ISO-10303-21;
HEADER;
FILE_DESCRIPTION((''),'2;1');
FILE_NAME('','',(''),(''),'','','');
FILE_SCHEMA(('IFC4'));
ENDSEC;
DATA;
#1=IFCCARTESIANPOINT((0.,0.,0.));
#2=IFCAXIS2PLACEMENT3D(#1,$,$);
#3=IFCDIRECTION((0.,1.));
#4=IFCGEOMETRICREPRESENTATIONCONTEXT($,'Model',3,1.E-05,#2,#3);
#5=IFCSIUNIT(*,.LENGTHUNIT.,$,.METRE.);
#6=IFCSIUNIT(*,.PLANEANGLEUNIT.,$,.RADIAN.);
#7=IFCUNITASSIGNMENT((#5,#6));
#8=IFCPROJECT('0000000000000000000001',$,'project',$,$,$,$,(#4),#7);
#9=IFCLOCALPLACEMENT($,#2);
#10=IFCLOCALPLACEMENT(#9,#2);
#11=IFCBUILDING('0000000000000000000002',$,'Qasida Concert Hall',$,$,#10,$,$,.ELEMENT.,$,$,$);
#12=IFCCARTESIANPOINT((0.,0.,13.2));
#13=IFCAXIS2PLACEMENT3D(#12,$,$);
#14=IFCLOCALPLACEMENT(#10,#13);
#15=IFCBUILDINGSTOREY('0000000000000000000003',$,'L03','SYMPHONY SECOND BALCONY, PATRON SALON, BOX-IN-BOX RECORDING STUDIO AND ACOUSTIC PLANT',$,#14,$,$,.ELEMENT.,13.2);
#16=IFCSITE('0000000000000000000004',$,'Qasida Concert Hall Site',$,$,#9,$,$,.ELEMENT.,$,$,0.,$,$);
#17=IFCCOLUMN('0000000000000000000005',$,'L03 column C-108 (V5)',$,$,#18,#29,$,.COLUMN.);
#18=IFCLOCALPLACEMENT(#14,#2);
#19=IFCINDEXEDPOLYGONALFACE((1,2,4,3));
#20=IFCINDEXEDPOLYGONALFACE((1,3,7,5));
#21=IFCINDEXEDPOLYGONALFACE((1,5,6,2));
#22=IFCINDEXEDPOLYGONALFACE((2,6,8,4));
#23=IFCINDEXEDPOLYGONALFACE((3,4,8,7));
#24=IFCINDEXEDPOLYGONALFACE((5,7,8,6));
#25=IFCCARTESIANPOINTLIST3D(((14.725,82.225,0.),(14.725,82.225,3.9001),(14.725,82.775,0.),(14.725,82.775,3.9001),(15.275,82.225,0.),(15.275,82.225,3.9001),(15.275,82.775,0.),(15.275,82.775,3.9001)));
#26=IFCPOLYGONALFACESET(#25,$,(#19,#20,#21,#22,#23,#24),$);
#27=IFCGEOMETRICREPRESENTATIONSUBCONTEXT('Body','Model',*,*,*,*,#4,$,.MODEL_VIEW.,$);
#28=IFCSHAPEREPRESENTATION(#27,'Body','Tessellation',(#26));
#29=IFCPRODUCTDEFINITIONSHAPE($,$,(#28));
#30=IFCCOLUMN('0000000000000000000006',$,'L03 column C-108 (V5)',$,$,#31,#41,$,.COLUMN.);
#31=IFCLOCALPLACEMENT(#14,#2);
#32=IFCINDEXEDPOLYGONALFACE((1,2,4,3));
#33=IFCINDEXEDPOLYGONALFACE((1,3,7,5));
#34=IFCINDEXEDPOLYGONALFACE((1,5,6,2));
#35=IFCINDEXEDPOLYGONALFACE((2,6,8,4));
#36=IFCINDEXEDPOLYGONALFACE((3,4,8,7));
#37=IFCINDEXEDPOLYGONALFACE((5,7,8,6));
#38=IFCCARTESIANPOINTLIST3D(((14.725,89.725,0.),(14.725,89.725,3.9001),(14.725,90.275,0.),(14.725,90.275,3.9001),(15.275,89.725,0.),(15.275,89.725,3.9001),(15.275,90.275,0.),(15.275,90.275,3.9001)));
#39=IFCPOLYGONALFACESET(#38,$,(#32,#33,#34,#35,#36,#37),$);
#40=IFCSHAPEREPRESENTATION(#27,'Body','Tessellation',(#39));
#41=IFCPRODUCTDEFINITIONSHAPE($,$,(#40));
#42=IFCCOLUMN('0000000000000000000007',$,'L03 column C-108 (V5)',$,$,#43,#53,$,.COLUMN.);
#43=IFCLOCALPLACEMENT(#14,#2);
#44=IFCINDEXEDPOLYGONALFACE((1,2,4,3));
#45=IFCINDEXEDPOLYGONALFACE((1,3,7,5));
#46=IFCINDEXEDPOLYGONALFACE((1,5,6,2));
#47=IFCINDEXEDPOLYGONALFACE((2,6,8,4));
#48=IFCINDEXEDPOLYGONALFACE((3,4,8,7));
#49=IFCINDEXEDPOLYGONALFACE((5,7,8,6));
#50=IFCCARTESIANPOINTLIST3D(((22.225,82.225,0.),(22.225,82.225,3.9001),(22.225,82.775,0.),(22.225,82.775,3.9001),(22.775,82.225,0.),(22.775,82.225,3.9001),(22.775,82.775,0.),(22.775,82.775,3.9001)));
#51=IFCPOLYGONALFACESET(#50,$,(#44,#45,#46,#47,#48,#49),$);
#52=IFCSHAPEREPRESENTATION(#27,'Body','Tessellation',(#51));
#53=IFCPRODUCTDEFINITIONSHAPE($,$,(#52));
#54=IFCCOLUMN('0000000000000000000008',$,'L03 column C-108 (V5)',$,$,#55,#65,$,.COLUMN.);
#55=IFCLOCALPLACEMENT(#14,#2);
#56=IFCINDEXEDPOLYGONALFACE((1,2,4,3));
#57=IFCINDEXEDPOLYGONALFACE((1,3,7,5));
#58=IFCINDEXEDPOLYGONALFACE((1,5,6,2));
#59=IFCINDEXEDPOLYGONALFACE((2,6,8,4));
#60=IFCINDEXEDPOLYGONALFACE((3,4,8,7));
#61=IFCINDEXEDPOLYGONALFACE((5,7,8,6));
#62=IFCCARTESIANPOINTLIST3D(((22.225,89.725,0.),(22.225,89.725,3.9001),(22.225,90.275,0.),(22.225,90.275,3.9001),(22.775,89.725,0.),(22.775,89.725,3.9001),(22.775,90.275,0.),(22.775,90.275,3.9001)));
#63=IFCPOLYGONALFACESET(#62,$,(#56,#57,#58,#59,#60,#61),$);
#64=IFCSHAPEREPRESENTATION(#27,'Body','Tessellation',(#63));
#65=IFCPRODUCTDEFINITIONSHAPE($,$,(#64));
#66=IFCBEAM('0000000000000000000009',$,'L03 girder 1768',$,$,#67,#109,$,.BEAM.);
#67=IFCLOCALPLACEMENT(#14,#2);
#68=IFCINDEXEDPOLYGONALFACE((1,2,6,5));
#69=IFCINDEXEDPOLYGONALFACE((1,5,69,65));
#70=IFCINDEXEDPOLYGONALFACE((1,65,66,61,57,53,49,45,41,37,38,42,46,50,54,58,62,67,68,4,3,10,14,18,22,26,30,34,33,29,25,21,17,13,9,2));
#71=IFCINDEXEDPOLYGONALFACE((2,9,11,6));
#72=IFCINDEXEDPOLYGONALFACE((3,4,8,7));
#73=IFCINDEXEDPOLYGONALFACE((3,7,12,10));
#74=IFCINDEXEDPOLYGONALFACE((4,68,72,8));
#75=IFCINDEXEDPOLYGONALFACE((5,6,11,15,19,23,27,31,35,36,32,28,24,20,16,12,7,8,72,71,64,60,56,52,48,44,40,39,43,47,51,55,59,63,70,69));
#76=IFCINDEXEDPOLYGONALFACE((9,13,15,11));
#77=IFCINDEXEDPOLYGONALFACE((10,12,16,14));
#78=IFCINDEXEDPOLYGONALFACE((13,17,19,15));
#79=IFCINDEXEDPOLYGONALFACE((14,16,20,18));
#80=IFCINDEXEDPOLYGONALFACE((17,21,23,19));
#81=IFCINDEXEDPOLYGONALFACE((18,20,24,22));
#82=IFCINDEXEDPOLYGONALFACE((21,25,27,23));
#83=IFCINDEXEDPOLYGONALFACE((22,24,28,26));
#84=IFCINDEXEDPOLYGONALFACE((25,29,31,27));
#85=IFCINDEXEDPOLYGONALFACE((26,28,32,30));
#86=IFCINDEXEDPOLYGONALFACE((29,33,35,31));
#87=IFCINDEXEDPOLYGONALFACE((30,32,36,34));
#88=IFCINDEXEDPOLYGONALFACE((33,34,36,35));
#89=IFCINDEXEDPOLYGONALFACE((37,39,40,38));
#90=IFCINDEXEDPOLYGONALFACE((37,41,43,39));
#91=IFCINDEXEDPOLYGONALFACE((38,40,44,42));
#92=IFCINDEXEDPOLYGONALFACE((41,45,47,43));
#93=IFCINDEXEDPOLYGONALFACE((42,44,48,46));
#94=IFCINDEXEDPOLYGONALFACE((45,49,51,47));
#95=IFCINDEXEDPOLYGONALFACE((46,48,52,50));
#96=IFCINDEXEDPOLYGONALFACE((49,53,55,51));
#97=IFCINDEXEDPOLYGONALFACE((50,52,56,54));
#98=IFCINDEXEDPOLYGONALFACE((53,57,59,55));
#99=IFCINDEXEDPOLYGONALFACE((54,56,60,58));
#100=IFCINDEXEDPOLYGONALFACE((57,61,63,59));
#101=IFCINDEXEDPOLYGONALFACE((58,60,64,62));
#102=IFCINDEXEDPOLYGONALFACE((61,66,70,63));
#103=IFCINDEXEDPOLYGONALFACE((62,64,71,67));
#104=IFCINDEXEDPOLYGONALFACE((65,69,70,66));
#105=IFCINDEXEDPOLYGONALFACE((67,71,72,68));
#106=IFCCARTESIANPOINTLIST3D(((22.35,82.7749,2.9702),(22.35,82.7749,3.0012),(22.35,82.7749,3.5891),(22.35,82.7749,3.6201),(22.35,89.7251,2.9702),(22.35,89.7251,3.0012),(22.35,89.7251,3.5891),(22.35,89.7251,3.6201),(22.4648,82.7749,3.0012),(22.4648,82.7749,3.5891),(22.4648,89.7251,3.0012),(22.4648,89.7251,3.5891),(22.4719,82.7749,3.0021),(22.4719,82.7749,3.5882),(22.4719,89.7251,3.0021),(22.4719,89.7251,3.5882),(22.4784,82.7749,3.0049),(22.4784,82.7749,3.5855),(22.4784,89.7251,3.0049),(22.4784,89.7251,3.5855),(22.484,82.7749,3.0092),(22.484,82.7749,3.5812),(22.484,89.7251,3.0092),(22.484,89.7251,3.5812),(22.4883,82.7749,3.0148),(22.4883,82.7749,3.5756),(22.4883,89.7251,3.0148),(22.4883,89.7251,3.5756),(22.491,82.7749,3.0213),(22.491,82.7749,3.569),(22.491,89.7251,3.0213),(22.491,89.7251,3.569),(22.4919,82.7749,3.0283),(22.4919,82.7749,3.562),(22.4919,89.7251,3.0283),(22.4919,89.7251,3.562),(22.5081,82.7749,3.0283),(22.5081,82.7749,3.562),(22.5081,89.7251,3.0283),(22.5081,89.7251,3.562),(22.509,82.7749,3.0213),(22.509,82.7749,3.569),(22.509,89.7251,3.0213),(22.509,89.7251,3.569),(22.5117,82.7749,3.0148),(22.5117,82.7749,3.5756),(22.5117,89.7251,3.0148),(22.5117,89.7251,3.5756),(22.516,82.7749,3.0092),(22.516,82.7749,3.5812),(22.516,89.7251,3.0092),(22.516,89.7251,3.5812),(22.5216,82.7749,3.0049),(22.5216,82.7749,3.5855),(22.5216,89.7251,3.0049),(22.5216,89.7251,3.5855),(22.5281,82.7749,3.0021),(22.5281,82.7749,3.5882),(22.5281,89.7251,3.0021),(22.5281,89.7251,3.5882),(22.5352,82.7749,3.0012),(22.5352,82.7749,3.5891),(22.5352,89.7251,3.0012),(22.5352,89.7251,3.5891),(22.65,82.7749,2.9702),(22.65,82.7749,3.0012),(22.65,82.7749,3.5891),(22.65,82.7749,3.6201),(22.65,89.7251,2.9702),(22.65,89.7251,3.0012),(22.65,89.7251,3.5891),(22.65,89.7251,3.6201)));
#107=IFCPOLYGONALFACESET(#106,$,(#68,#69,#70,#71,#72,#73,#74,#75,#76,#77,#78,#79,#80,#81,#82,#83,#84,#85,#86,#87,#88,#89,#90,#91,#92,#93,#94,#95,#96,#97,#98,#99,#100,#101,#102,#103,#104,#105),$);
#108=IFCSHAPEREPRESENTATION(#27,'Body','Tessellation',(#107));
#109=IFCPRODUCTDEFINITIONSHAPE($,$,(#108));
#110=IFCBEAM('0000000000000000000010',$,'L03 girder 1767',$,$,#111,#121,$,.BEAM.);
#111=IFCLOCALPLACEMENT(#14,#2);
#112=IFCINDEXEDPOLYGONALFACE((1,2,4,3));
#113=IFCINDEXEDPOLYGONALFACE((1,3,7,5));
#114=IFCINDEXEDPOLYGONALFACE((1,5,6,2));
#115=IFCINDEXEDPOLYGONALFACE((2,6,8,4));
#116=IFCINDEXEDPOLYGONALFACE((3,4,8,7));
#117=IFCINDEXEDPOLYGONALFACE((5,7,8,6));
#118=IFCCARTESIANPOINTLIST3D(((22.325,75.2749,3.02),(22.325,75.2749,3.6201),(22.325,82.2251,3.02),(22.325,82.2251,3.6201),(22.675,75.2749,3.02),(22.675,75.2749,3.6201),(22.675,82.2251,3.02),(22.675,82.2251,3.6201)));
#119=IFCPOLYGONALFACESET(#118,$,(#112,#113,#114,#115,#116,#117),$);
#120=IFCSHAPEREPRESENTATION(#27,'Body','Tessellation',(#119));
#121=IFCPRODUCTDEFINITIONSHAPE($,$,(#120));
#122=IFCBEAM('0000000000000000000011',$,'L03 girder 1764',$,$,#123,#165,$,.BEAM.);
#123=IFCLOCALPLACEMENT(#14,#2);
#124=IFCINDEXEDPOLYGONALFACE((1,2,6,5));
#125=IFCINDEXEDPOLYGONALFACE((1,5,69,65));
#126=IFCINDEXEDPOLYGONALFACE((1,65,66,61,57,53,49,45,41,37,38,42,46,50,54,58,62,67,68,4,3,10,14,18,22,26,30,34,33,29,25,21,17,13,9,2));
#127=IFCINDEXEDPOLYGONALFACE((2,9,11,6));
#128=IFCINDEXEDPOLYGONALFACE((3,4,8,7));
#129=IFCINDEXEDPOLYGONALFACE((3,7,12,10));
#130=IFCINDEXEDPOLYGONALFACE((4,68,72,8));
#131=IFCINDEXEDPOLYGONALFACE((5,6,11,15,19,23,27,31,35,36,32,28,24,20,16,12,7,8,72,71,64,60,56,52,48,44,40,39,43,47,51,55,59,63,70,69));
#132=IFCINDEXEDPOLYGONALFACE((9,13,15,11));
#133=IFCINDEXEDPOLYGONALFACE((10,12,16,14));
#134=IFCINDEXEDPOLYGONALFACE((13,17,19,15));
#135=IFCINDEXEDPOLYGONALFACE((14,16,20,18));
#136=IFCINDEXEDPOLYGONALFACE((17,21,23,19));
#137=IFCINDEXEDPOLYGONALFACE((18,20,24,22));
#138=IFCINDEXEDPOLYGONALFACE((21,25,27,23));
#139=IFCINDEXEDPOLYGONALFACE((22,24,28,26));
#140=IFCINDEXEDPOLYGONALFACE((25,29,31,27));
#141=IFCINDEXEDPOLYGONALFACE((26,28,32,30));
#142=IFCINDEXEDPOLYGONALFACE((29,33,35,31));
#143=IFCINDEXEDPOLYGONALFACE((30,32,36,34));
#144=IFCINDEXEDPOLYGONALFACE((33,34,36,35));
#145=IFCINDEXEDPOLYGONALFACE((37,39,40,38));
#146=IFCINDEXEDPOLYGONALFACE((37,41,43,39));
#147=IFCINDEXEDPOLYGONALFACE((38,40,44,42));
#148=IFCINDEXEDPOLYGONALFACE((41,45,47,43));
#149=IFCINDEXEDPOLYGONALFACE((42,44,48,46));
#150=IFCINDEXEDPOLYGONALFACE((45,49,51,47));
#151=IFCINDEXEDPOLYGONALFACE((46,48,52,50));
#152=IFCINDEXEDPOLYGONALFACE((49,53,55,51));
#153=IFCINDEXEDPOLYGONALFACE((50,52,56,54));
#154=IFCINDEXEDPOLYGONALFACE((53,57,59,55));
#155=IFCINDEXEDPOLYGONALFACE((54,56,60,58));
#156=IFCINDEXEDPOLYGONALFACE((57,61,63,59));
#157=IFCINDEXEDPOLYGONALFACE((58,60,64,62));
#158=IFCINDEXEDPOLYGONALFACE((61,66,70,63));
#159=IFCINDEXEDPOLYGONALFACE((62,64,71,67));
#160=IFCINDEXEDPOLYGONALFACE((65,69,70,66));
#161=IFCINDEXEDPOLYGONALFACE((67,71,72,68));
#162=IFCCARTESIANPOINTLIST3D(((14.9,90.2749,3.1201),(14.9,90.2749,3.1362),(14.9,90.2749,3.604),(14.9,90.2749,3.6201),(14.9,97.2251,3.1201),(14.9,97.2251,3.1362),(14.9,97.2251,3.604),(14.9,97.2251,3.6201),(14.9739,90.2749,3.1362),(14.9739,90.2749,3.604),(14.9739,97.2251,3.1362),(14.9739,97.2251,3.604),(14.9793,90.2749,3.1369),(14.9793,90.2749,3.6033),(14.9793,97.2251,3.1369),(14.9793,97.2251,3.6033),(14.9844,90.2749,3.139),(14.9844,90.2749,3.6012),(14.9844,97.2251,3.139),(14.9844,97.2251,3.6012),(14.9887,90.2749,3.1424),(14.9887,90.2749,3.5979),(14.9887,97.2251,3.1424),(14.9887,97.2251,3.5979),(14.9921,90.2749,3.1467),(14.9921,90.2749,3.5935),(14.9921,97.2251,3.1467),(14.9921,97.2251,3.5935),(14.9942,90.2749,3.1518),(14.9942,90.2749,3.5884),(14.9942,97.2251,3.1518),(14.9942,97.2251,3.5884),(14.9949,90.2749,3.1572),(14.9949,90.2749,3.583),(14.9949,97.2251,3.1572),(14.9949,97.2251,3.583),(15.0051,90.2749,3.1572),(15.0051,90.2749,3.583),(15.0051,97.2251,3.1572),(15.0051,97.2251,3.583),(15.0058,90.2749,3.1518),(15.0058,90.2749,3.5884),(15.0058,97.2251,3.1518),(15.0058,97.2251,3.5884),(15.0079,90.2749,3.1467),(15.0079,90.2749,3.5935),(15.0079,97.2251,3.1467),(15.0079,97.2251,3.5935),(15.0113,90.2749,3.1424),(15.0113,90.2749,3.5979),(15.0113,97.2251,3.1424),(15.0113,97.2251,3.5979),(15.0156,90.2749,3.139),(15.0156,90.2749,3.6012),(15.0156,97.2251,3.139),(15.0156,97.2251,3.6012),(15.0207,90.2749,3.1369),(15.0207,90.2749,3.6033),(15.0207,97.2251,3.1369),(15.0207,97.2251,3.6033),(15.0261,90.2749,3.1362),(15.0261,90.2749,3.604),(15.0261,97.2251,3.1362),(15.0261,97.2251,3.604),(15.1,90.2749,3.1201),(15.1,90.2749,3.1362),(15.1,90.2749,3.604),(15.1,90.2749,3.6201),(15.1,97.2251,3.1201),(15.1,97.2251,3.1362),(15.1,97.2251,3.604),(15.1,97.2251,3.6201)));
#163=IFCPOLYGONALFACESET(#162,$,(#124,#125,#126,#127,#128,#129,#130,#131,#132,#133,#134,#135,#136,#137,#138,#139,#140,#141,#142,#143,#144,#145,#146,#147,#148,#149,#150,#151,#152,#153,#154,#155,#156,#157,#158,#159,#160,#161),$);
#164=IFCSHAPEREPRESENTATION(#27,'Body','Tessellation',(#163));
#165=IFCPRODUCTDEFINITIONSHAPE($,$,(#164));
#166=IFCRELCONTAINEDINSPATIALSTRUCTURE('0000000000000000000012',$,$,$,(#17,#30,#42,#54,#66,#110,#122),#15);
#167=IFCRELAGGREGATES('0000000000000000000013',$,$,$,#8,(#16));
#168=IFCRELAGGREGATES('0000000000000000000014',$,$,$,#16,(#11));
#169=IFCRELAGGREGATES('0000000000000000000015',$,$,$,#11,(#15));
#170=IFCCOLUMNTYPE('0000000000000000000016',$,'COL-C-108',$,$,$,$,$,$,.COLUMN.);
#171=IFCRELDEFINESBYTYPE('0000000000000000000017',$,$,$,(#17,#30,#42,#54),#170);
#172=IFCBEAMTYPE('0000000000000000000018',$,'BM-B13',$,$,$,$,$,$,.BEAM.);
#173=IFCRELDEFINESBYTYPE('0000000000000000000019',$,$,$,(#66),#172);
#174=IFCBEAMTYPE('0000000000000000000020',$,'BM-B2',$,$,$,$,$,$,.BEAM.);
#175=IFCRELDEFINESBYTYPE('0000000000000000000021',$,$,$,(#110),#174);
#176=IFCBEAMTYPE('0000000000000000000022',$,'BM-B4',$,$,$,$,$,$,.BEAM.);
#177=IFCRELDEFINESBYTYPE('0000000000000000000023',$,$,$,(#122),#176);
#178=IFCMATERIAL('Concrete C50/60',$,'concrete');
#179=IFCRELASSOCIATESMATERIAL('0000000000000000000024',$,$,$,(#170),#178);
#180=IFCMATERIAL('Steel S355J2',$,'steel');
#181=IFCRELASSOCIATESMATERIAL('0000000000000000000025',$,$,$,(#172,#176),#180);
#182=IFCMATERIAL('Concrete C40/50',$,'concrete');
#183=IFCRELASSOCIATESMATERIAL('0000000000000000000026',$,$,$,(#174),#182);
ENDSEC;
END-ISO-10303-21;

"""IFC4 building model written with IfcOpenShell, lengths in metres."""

from ifc_helpers import new_model, si_unit, direction, frame, origin, origin_2d, place, context, subcontext, project, spatial, rectangle, i_section, extrude, material, material_profile, profile_set, type_object, element, save


model = new_model("IFC4")

# Units and contexts
model_context = context("Model", 3, precision=1e-05, world=origin(), true_north=direction((0.0, 1.0)))
body_context = subcontext(model_context, "Body", "Model", "MODEL_VIEW")
ifc_project = project(units=[si_unit("LENGTHUNIT", "METRE"), si_unit("PLANEANGLEUNIT", "RADIAN")], contexts=[model_context])

# Site, building, storey
site_placement = place(None, origin())
site = spatial("IfcSite", under=ifc_project, at=site_placement, Name="Qasida Concert Hall Site", CompositionType="ELEMENT", RefElevation=0.0)
building_placement = place(site_placement, origin())
building = spatial("IfcBuilding", under=site, at=building_placement, Name="Qasida Concert Hall", CompositionType="ELEMENT")
storey_placement = place(building_placement, frame((0.0, 0.0, 13.2)))
storey = spatial("IfcBuildingStorey", under=building, at=storey_placement, Name="L03", Description="SYMPHONY SECOND BALCONY, PATRON SALON, BOX-IN-BOX RECORDING STUDIO AND ACOUSTIC PLANT", CompositionType="ELEMENT", Elevation=13.2)

# Columns
ifc_material_1 = material(Name="Concrete C50/60", Category="concrete")
ifc_material_profile_1 = material_profile(ifc_material_1, rectangle(XDim=0.55, YDim=0.55, at=origin_2d()), Name="RC 550x550")
ifc_profile_set_1 = profile_set([ifc_material_profile_1], Name="Concrete C50/60")
column_type = type_object("IfcColumnType", Name="COL-C-108", PredefinedType="COLUMN", material=ifc_profile_set_1)
for number, where, z_axis, x_axis, name in (
    (1, (15.0, 82.5, 0.0), (0.0, 0.0, 1.0), (1.0, 0.0, 0.0), "L03 column C-108 (V5)"),
    (2, (15.0, 90.0, 0.0), (0.0, 0.0, 1.0), (1.0, 0.0, 0.0), "L03 column C-108 (V5)"),
    (3, (22.5, 82.5, 0.0), (0.0, 0.0, 1.0), (1.0, 0.0, 0.0), "L03 column C-108 (V5)"),
    (4, (22.5, 90.0, 0.0), (0.0, 0.0, 1.0), (1.0, 0.0, 0.0), "L03 column C-108 (V5)"),
):
    element("IfcColumn", number, at=place(storey_placement, frame(where, z_axis=z_axis, x_axis=x_axis)), inside=storey, type_object=column_type, Name=name, PredefinedType="COLUMN", context=body_context, shape_type="SweptSolid", body=[
        extrude(rectangle(XDim=0.55, YDim=0.55, at=origin_2d()), origin(), (0.0, 0.0, 1.0), 3.9001),
    ])

# Beams
ifc_material_2 = material(Name="Steel S355J2", Category="steel")
ifc_material_profile_2 = material_profile(ifc_material_2, i_section(OverallWidth=0.3, OverallDepth=0.6499, WebThickness=0.0161, FlangeThickness=0.031, FilletRadius=0.0271, at=origin_2d()), Name="HEB 650")
ifc_profile_set_2 = profile_set([ifc_material_profile_2], Name="Steel S355J2")
beam_type_1 = type_object("IfcBeamType", Name="BM-B13", PredefinedType="BEAM", material=ifc_profile_set_2)
beam_1_placement = place(storey_placement, frame((22.5, 82.7749, 3.2952), z_axis=(0.0, 1.0, 0.0), x_axis=(-1.0, 0.0, 0.0)))
element("IfcBeam", 5, at=beam_1_placement, inside=storey, type_object=beam_type_1, Name="L03 girder 1768", PredefinedType="BEAM", context=body_context, shape_type="SweptSolid", body=[
    extrude(i_section(OverallWidth=0.3, OverallDepth=0.6499, WebThickness=0.0161, FlangeThickness=0.031, FilletRadius=0.0271, at=origin_2d()), origin(), (0.0, 0.0, 1.0), 6.9502),
])
ifc_material_3 = material(Name="Concrete C40/50", Category="concrete")
ifc_material_profile_3 = material_profile(ifc_material_3, rectangle(XDim=0.3501, YDim=0.6001, at=origin_2d()), Name="RC 350x600")
ifc_profile_set_3 = profile_set([ifc_material_profile_3], Name="Concrete C40/50")
beam_type_2 = type_object("IfcBeamType", Name="BM-B2", PredefinedType="BEAM", material=ifc_profile_set_3)
beam_2_placement = place(storey_placement, frame((22.5, 75.2749, 3.3201), z_axis=(0.0, 1.0, 0.0), x_axis=(-1.0, 0.0, 0.0)))
element("IfcBeam", 6, at=beam_2_placement, inside=storey, type_object=beam_type_2, Name="L03 girder 1767", PredefinedType="BEAM", context=body_context, shape_type="SweptSolid", body=[
    extrude(rectangle(XDim=0.3501, YDim=0.6001, at=origin_2d()), origin(), (0.0, 0.0, 1.0), 6.9502),
])
ifc_material_profile_4 = material_profile(ifc_material_2, i_section(OverallWidth=0.2, OverallDepth=0.5, WebThickness=0.0103, FlangeThickness=0.0161, FilletRadius=0.021, at=origin_2d()), Name="IPE 500")
ifc_profile_set_4 = profile_set([ifc_material_profile_4], Name="Steel S355J2")
beam_type_3 = type_object("IfcBeamType", Name="BM-B4", PredefinedType="BEAM", material=ifc_profile_set_4)
beam_3_placement = place(storey_placement, frame((15.0, 90.2749, 3.3701), z_axis=(0.0, 1.0, 0.0), x_axis=(-1.0, 0.0, 0.0)))
element("IfcBeam", 7, at=beam_3_placement, inside=storey, type_object=beam_type_3, Name="L03 girder 1764", PredefinedType="BEAM", context=body_context, shape_type="SweptSolid", body=[
    extrude(i_section(OverallWidth=0.2, OverallDepth=0.5, WebThickness=0.0103, FlangeThickness=0.0161, FilletRadius=0.021, at=origin_2d()), origin(), (0.0, 0.0, 1.0), 6.9502),
])

save(model, "model.ifc")
